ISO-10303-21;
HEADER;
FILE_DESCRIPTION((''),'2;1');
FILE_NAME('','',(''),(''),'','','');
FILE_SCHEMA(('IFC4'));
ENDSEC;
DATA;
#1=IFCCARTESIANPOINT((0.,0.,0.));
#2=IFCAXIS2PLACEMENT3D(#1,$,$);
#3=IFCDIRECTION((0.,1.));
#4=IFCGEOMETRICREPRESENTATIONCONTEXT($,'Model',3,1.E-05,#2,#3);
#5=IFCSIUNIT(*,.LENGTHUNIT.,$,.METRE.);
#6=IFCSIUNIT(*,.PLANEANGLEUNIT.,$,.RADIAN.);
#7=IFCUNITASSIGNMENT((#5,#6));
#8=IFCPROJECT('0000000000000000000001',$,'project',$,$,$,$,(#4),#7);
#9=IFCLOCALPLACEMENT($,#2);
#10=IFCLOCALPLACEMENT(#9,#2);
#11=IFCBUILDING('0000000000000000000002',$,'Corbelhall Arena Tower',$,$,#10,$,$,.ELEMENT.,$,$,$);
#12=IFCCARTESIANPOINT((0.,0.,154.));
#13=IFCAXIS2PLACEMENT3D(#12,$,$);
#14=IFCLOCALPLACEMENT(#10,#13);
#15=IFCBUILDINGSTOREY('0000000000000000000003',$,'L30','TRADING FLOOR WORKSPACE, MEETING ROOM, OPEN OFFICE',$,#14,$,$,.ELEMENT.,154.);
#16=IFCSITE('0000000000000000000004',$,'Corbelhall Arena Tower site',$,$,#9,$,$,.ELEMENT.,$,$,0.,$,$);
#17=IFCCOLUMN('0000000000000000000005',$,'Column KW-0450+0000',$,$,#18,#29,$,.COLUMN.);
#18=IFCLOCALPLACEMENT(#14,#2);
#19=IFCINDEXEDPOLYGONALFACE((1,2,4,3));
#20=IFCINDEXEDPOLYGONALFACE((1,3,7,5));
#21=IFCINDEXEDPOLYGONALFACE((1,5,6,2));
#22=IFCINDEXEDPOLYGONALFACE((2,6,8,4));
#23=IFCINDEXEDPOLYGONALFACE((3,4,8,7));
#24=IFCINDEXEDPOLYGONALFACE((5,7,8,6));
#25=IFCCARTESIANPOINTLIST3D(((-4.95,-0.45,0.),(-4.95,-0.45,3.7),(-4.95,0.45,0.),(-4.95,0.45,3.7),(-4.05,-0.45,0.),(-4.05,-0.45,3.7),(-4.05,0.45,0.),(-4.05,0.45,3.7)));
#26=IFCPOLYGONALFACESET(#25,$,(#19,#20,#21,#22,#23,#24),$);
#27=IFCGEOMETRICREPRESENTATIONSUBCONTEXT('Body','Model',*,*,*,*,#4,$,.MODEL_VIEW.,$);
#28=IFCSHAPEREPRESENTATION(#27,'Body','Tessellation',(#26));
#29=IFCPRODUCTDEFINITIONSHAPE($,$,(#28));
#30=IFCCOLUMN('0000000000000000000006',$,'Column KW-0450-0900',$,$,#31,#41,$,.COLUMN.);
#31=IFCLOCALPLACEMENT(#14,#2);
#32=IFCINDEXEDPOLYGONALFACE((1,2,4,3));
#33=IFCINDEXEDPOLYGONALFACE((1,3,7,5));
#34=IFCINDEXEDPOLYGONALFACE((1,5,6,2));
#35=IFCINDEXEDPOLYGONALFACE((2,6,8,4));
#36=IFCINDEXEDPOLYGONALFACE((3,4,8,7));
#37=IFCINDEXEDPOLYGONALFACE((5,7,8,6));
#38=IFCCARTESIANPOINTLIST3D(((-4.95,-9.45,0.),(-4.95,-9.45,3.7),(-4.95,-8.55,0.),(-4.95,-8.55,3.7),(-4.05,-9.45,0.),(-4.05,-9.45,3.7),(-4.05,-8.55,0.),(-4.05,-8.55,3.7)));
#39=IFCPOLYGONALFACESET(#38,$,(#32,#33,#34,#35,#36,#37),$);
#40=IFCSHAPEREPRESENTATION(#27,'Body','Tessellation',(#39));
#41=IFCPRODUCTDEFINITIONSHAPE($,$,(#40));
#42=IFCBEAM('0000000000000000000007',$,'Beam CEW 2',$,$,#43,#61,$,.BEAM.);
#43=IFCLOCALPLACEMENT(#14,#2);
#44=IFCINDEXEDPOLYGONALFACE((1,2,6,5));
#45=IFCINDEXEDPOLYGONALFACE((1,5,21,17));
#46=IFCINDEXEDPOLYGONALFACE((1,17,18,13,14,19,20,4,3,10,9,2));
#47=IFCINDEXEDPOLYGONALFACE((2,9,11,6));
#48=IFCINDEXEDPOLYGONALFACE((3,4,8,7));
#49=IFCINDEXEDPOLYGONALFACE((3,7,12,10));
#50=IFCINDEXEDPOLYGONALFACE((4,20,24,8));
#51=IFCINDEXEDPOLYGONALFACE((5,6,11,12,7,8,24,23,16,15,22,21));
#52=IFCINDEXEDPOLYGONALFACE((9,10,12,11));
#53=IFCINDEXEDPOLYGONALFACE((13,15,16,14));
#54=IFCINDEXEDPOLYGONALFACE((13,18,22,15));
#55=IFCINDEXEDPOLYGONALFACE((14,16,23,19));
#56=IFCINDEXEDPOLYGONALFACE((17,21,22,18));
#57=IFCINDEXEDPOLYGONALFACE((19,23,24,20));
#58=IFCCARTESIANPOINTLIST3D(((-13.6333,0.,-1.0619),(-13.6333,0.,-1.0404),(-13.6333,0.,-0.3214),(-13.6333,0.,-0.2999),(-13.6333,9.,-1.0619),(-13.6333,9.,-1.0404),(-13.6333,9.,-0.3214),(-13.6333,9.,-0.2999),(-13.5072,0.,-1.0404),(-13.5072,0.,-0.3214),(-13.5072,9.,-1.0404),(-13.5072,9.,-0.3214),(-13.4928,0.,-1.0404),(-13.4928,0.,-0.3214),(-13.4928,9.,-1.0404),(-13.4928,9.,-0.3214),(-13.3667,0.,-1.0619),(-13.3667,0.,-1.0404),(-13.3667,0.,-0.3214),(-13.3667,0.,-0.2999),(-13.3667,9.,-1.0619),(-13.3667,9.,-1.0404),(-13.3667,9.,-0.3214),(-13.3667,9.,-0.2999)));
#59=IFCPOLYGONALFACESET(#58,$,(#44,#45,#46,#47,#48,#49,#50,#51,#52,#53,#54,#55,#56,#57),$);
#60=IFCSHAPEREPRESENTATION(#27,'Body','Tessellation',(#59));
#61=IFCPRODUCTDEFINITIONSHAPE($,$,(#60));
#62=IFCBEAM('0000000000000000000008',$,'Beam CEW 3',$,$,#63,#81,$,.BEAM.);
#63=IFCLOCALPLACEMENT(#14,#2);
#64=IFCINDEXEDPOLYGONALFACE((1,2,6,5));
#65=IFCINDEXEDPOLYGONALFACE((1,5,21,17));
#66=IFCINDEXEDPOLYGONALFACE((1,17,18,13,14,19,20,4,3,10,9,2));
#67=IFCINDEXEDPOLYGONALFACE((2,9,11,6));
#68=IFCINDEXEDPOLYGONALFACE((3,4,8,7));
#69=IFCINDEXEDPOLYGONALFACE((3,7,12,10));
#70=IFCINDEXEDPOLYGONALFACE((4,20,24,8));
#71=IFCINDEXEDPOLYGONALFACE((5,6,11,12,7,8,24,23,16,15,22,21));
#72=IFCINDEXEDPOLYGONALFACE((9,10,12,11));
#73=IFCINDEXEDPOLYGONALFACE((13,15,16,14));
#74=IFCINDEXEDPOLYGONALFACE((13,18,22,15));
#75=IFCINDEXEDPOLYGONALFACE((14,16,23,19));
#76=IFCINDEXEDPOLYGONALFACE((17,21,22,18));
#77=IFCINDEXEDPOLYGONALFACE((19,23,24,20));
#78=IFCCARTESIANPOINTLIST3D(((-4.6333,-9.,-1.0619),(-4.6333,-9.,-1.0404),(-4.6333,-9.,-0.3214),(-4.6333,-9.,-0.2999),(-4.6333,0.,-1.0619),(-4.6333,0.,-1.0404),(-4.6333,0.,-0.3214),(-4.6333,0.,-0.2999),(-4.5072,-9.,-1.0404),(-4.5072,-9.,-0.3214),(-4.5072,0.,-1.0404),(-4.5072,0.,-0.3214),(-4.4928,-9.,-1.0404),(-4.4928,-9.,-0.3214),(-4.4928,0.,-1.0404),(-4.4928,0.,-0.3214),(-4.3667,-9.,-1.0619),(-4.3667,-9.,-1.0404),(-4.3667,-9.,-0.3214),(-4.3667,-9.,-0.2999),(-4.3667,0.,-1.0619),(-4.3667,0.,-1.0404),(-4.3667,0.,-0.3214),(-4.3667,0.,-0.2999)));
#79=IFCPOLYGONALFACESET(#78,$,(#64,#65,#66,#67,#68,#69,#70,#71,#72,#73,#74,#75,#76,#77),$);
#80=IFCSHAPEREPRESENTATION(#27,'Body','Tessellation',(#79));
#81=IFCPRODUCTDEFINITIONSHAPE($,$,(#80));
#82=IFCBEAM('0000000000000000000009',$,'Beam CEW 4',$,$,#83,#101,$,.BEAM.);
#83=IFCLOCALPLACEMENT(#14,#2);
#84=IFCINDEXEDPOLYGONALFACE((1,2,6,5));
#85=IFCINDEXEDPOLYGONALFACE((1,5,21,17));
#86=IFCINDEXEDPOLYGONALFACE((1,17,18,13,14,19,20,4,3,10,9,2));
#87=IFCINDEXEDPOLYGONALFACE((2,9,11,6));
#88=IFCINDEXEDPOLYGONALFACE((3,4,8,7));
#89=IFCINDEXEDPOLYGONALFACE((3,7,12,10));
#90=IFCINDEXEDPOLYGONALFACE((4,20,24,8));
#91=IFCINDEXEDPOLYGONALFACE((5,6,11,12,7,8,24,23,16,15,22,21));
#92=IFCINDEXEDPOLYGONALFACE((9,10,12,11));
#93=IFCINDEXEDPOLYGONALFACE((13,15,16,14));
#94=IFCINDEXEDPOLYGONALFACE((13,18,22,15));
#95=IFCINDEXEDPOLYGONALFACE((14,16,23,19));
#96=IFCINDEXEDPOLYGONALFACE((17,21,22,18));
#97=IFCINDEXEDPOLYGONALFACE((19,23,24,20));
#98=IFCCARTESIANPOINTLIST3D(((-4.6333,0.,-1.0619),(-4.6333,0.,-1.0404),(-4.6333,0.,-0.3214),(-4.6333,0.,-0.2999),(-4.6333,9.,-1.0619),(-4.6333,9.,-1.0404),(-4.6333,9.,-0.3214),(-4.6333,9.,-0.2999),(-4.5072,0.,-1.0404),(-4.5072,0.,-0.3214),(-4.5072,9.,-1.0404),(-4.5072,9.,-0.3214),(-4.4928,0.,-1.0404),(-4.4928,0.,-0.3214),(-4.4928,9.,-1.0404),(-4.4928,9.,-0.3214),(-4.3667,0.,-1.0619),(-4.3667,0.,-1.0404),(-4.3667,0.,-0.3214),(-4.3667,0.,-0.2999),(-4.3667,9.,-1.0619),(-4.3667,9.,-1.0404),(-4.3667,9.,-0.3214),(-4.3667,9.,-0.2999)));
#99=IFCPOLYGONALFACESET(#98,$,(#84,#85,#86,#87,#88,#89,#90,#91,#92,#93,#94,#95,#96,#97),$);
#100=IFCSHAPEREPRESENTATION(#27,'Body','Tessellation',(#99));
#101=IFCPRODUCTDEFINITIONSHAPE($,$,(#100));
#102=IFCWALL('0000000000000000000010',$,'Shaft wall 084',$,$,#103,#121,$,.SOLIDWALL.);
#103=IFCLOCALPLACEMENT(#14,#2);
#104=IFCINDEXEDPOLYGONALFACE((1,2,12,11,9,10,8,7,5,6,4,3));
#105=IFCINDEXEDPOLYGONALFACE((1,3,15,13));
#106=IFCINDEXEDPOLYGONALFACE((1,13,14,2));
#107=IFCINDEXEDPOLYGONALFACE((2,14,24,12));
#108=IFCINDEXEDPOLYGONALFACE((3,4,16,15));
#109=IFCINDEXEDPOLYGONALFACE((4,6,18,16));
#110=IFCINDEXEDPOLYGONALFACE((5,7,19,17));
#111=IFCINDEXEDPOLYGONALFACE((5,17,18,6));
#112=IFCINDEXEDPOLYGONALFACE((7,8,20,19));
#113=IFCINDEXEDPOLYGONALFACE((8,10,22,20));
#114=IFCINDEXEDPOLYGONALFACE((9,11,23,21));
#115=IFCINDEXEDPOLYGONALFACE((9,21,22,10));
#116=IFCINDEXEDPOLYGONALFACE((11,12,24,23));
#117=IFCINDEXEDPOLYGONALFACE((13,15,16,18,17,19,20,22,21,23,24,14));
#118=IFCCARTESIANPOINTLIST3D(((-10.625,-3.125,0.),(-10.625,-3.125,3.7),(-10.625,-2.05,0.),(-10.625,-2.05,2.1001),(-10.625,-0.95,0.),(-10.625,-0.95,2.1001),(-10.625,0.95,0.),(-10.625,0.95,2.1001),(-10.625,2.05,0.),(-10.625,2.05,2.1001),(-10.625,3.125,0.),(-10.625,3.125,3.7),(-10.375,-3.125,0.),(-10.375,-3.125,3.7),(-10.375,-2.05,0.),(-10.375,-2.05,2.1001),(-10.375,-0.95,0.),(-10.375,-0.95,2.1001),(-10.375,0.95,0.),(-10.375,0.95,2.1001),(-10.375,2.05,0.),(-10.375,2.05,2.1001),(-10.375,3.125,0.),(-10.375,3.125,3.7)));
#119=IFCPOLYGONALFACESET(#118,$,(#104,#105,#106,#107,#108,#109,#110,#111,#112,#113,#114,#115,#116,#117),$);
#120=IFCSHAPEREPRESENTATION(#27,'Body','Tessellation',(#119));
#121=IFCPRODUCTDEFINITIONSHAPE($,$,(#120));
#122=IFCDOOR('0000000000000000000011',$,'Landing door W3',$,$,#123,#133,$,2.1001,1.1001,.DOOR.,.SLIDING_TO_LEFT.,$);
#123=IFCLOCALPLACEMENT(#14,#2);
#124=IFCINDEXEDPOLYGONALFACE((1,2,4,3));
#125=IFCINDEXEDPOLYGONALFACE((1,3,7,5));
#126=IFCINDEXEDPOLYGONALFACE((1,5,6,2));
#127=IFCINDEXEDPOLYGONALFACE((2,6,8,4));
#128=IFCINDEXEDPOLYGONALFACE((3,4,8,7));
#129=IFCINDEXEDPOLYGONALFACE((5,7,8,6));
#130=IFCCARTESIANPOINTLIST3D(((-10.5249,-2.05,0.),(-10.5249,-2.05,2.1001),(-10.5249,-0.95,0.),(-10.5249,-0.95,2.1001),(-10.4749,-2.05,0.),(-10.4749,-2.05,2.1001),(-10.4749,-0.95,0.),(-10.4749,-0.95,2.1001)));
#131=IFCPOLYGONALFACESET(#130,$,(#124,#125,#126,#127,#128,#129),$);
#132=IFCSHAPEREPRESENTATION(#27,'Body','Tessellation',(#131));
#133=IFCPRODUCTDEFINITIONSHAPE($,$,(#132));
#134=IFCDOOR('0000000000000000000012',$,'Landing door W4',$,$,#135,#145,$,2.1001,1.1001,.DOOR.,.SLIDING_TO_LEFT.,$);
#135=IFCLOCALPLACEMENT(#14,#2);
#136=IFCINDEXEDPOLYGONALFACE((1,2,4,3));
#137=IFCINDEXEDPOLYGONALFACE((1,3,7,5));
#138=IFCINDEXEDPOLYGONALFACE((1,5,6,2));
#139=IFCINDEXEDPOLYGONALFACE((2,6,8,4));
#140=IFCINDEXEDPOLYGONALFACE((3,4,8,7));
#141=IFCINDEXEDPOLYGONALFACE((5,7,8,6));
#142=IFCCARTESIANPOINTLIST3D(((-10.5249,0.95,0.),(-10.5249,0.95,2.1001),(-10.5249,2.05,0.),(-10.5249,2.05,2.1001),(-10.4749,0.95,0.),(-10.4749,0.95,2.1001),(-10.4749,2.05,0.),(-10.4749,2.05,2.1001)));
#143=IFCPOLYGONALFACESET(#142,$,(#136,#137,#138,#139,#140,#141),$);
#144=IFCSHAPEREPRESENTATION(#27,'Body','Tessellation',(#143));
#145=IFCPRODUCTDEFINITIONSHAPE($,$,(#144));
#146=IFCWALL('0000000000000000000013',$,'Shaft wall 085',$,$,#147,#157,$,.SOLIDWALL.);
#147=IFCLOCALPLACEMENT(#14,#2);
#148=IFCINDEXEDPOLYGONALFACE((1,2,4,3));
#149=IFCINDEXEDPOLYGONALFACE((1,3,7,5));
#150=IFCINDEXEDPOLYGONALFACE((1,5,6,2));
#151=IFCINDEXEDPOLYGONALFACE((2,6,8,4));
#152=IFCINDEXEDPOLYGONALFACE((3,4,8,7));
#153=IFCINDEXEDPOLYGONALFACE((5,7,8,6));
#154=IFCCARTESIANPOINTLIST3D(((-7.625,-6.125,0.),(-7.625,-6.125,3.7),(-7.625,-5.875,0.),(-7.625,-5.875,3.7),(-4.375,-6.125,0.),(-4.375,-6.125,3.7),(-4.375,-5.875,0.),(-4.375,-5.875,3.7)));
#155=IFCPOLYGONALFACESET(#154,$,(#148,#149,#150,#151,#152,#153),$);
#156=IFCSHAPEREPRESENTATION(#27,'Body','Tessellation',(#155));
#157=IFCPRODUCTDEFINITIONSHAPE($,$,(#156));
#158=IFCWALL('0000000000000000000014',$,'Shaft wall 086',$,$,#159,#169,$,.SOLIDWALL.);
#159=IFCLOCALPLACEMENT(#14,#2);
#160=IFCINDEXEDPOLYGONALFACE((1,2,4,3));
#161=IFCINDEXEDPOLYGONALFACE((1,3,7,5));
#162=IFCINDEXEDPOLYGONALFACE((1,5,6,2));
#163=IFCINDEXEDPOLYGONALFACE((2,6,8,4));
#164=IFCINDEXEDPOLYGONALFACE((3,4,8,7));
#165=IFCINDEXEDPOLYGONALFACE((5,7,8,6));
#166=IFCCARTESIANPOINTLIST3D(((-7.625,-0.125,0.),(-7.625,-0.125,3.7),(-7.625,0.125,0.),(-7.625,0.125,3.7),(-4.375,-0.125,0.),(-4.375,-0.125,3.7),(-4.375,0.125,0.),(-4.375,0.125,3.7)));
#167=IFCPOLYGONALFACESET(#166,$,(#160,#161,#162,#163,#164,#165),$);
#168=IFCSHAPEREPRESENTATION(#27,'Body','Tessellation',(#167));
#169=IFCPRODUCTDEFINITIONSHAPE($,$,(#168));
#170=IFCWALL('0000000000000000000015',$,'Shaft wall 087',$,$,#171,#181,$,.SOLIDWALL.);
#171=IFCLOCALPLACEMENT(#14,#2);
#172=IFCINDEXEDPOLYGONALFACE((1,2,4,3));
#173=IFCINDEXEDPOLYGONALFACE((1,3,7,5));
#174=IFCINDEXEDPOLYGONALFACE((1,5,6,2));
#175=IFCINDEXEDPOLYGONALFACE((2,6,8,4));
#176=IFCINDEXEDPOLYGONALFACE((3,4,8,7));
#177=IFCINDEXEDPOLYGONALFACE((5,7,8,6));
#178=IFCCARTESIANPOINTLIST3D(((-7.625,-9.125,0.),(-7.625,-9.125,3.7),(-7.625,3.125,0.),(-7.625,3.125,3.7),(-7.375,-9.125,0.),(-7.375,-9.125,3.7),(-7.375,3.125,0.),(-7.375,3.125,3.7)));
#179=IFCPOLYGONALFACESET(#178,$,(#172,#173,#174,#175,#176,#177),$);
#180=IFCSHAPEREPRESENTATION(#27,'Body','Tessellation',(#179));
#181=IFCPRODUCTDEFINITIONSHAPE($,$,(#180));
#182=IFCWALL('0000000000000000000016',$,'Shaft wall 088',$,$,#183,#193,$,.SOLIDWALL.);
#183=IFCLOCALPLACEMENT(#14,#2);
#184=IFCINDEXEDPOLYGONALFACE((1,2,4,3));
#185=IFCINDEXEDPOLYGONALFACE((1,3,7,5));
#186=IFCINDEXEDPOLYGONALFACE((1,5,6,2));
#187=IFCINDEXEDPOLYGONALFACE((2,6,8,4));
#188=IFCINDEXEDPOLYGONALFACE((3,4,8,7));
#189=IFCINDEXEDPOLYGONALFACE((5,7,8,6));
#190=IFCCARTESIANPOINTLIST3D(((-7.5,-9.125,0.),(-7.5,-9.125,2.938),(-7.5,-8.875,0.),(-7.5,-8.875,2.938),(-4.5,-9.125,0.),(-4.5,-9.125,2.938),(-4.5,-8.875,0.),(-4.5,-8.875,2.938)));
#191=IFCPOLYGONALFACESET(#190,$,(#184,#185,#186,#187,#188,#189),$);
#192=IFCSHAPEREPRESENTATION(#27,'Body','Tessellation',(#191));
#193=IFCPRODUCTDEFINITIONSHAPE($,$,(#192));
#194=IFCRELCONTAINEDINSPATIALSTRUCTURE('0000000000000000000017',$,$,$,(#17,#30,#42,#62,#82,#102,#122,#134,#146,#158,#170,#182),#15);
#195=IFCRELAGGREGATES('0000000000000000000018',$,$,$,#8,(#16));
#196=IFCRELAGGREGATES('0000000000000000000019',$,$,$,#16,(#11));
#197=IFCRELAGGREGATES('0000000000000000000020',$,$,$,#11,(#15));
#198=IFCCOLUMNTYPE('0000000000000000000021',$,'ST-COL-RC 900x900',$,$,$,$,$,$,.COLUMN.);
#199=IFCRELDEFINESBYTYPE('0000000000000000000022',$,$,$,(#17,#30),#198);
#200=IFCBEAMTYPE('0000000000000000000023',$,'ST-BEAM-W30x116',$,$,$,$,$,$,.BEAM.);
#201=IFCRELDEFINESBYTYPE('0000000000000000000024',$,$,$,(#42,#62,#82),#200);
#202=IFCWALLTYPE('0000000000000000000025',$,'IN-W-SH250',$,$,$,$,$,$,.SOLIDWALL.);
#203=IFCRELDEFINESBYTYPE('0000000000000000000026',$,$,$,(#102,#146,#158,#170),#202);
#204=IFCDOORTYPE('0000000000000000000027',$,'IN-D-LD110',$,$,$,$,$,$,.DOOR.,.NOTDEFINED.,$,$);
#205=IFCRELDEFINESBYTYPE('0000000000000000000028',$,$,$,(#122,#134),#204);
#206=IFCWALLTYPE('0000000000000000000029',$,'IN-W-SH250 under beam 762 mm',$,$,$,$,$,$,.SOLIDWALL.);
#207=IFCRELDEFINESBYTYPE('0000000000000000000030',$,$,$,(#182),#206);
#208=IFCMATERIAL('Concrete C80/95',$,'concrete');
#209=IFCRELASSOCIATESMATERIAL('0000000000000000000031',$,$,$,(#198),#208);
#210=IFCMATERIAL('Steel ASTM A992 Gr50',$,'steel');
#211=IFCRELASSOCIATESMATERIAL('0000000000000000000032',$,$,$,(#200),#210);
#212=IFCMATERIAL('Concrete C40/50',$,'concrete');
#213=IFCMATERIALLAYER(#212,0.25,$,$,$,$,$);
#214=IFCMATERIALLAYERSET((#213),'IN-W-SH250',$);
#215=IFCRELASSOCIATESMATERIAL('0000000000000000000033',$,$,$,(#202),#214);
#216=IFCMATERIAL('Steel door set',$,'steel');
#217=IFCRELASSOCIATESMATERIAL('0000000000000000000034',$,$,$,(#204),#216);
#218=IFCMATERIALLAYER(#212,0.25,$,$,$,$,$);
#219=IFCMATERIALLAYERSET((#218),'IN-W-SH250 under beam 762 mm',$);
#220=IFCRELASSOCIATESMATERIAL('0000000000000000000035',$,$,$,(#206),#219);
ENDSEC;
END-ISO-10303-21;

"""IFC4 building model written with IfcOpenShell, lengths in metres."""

from ifc_helpers import new_model, si_unit, direction, frame, frame_2d, origin, origin_2d, place, context, subcontext, project, spatial, rectangle, i_section, extrude, material, layer, layer_set, material_profile, profile_set, type_object, element, fill, save


model = new_model("IFC4")

# Units and contexts
model_context = context("Model", 3, precision=1e-05, world=origin(), true_north=direction((0.0, 1.0)))
body_context = subcontext(model_context, "Body", "Model", "MODEL_VIEW")
ifc_project = project(units=[si_unit("LENGTHUNIT", "METRE"), si_unit("PLANEANGLEUNIT", "RADIAN")], contexts=[model_context])

# Site, building, storey
site_placement = place(None, origin())
site = spatial("IfcSite", under=ifc_project, at=site_placement, Name="Corbelhall Arena Tower site", CompositionType="ELEMENT", RefElevation=0.0)
building_placement = place(site_placement, origin())
building = spatial("IfcBuilding", under=site, at=building_placement, Name="Corbelhall Arena Tower", CompositionType="ELEMENT")
storey_placement = place(building_placement, frame((0.0, 0.0, 154.0)))
storey = spatial("IfcBuildingStorey", under=building, at=storey_placement, Name="L30", Description="TRADING FLOOR WORKSPACE, MEETING ROOM, OPEN OFFICE", CompositionType="ELEMENT", Elevation=154.0)

# Columns
ifc_material_1 = material(Name="Concrete C80/95", Category="concrete")
ifc_material_profile_1 = material_profile(ifc_material_1, rectangle(XDim=0.8999, YDim=0.8999, at=origin_2d()))
ifc_profile_set_1 = profile_set([ifc_material_profile_1], Name="Concrete C80/95")
column_type = type_object("IfcColumnType", Name="ST-COL-RC 900x900", PredefinedType="COLUMN", material=ifc_profile_set_1)
for number, where, z_axis, x_axis, name in (
    (1, (-4.5, 0.0, 0.0), (0.0, 0.0, 1.0), (1.0, 0.0, 0.0), "Column KW-0450+0000"),
    (2, (-4.5, -9.0, 0.0), (0.0, 0.0, 1.0), (1.0, 0.0, 0.0), "Column KW-0450-0900"),
):
    element("IfcColumn", number, at=place(storey_placement, frame(where, z_axis=z_axis, x_axis=x_axis)), inside=storey, type_object=column_type, Name=name, PredefinedType="COLUMN", context=body_context, shape_type="SweptSolid", body=[
        extrude(rectangle(XDim=0.8999, YDim=0.8999, at=origin_2d()), origin(), (0.0, 0.0, 1.0), 3.7),
    ])

# Beams
ifc_material_2 = material(Name="Steel ASTM A992 Gr50", Category="steel")
ifc_material_profile_2 = material_profile(ifc_material_2, i_section(OverallWidth=0.2666, OverallDepth=0.762, WebThickness=0.0144, FlangeThickness=0.0215, at=origin_2d()))
ifc_profile_set_2 = profile_set([ifc_material_profile_2], Name="Steel ASTM A992 Gr50")
beam_type = type_object("IfcBeamType", Name="ST-BEAM-W30x116", PredefinedType="BEAM", material=ifc_profile_set_2)
for number, where, z_axis, x_axis, name in (
    (3, (-13.5, 0.0, -0.6809), (0.0, 1.0, 0.0), (-1.0, 0.0, 0.0), "Beam CEW 2"),
    (4, (-4.5, -9.0, -0.6809), (0.0, 1.0, 0.0), (-1.0, 0.0, 0.0), "Beam CEW 3"),
    (5, (-4.5, 0.0, -0.6809), (0.0, 1.0, 0.0), (-1.0, 0.0, 0.0), "Beam CEW 4"),
):
    element("IfcBeam", number, at=place(storey_placement, frame(where, z_axis=z_axis, x_axis=x_axis)), inside=storey, type_object=beam_type, Name=name, PredefinedType="BEAM", context=body_context, shape_type="SweptSolid", body=[
        extrude(i_section(OverallWidth=0.2666, OverallDepth=0.762, WebThickness=0.0144, FlangeThickness=0.0215, at=origin_2d()), origin(), (0.0, 0.0, 1.0), 9.0),
    ])

# Wall, openings, doors
ifc_material_3 = material(Name="Concrete C40/50", Category="concrete")
ifc_layer_1 = layer(ifc_material_3, 0.25)
ifc_layer_set_1 = layer_set([ifc_layer_1], Name="IN-W-SH250")
wall_type_1 = type_object("IfcWallType", Name="IN-W-SH250", PredefinedType="SOLIDWALL", material=ifc_layer_set_1)
wall_1_placement = place(storey_placement, frame((-10.5, -3.125, 0.0), z_axis=(0.0, 0.0, 1.0), x_axis=(0.0, 1.0, 0.0)))
wall_1 = element("IfcWall", 6, at=wall_1_placement, inside=storey, type_object=wall_type_1, Name="Shaft wall 084", PredefinedType="SOLIDWALL", context=body_context, shape_type="SweptSolid", body=[
    extrude(rectangle(XDim=6.25, YDim=0.25, at=frame_2d((3.125, 0.0))), origin(), (0.0, 0.0, 1.0), 3.7),
])
opening_1_placement = place(wall_1_placement, frame((1.075, 0.0, 0.0)))
opening_1 = element("IfcOpeningElement", 7, at=opening_1_placement, cuts=wall_1, PredefinedType="OPENING", context=body_context, shape_type="SweptSolid", body=[
    extrude(rectangle(XDim=1.1001, YDim=2.1001, at=frame_2d((0.55, 1.05))), frame((0.0, 0.125, 0.0), z_axis=(0.0, -1.0, 0.0), x_axis=(1.0, 0.0, 0.0)), (0.0, 0.0, 1.0), 0.25),
])
opening_2_placement = place(wall_1_placement, frame((4.075, 0.0, 0.0)))
opening_2 = element("IfcOpeningElement", 8, at=opening_2_placement, cuts=wall_1, PredefinedType="OPENING", context=body_context, shape_type="SweptSolid", body=[
    extrude(rectangle(XDim=1.1001, YDim=2.1001, at=frame_2d((0.55, 1.05))), frame((0.0, 0.125, 0.0), z_axis=(0.0, -1.0, 0.0), x_axis=(1.0, 0.0, 0.0)), (0.0, 0.0, 1.0), 0.25),
])
ifc_material_4 = material(Name="Steel door set", Category="steel")
door_type_1 = type_object("IfcDoorType", Name="IN-D-LD110", OperationType="NOTDEFINED", PredefinedType="DOOR", material=ifc_material_4)
door_1_placement = place(opening_1_placement, origin())
door_1 = element("IfcDoor", 9, at=door_1_placement, inside=storey, type_object=door_type_1, Name="Landing door W3", OperationType="SLIDING_TO_LEFT", OverallHeight=2.1001, OverallWidth=1.1001, PredefinedType="DOOR", context=body_context, shape_type="SweptSolid", body=[
    extrude(rectangle(XDim=1.1001, YDim=2.1001, at=frame_2d((0.55, 1.05))), frame((0.0, 0.0249, 0.0), z_axis=(0.0, -1.0, 0.0), x_axis=(1.0, 0.0, 0.0)), (0.0, 0.0, 1.0), 0.05),
])
fill(opening_1, door_1)
door_2_placement = place(opening_2_placement, origin())
door_2 = element("IfcDoor", 10, at=door_2_placement, inside=storey, type_object=door_type_1, Name="Landing door W4", OperationType="SLIDING_TO_LEFT", OverallHeight=2.1001, OverallWidth=1.1001, PredefinedType="DOOR", context=body_context, shape_type="SweptSolid", body=[
    extrude(rectangle(XDim=1.1001, YDim=2.1001, at=frame_2d((0.55, 1.05))), frame((0.0, 0.0249, 0.0), z_axis=(0.0, -1.0, 0.0), x_axis=(1.0, 0.0, 0.0)), (0.0, 0.0, 1.0), 0.05),
])
fill(opening_2, door_2)

# Walls
for number, where, z_axis, x_axis, name in (
    (11, (-7.625, -6.0, 0.0), (0.0, 0.0, 1.0), (1.0, 0.0, 0.0), "Shaft wall 085"),
    (12, (-7.625, 0.0, 0.0), (0.0, 0.0, 1.0), (1.0, 0.0, 0.0), "Shaft wall 086"),
):
    element("IfcWall", number, at=place(storey_placement, frame(where, z_axis=z_axis, x_axis=x_axis)), inside=storey, type_object=wall_type_1, Name=name, PredefinedType="SOLIDWALL", context=body_context, shape_type="SweptSolid", body=[
        extrude(rectangle(XDim=3.25, YDim=0.25, at=frame_2d((1.625, 0.0))), origin(), (0.0, 0.0, 1.0), 3.7),
    ])
wall_2_placement = place(storey_placement, frame((-7.5, -9.125, 0.0), z_axis=(0.0, 0.0, 1.0), x_axis=(0.0, 1.0, 0.0)))
element("IfcWall", 13, at=wall_2_placement, inside=storey, type_object=wall_type_1, Name="Shaft wall 087", PredefinedType="SOLIDWALL", context=body_context, shape_type="SweptSolid", body=[
    extrude(rectangle(XDim=12.25, YDim=0.25, at=frame_2d((6.125, 0.0))), origin(), (0.0, 0.0, 1.0), 3.7),
])
ifc_layer_2 = layer(ifc_material_3, 0.25)
ifc_layer_set_2 = layer_set([ifc_layer_2], Name="IN-W-SH250 under beam 762 mm")
wall_type_2 = type_object("IfcWallType", Name="IN-W-SH250 under beam 762 mm", PredefinedType="SOLIDWALL", material=ifc_layer_set_2)
wall_3_placement = place(storey_placement, frame((-4.5, -9.0, 0.0), z_axis=(0.0, 0.0, 1.0), x_axis=(-1.0, 0.0, 0.0)))
element("IfcWall", 14, at=wall_3_placement, inside=storey, type_object=wall_type_2, Name="Shaft wall 088", PredefinedType="SOLIDWALL", context=body_context, shape_type="SweptSolid", body=[
    extrude(rectangle(XDim=3.0, YDim=0.25, at=frame_2d((1.5, 0.0))), origin(), (0.0, 0.0, 1.0), 2.938),
])

save(model, "model.ifc")
